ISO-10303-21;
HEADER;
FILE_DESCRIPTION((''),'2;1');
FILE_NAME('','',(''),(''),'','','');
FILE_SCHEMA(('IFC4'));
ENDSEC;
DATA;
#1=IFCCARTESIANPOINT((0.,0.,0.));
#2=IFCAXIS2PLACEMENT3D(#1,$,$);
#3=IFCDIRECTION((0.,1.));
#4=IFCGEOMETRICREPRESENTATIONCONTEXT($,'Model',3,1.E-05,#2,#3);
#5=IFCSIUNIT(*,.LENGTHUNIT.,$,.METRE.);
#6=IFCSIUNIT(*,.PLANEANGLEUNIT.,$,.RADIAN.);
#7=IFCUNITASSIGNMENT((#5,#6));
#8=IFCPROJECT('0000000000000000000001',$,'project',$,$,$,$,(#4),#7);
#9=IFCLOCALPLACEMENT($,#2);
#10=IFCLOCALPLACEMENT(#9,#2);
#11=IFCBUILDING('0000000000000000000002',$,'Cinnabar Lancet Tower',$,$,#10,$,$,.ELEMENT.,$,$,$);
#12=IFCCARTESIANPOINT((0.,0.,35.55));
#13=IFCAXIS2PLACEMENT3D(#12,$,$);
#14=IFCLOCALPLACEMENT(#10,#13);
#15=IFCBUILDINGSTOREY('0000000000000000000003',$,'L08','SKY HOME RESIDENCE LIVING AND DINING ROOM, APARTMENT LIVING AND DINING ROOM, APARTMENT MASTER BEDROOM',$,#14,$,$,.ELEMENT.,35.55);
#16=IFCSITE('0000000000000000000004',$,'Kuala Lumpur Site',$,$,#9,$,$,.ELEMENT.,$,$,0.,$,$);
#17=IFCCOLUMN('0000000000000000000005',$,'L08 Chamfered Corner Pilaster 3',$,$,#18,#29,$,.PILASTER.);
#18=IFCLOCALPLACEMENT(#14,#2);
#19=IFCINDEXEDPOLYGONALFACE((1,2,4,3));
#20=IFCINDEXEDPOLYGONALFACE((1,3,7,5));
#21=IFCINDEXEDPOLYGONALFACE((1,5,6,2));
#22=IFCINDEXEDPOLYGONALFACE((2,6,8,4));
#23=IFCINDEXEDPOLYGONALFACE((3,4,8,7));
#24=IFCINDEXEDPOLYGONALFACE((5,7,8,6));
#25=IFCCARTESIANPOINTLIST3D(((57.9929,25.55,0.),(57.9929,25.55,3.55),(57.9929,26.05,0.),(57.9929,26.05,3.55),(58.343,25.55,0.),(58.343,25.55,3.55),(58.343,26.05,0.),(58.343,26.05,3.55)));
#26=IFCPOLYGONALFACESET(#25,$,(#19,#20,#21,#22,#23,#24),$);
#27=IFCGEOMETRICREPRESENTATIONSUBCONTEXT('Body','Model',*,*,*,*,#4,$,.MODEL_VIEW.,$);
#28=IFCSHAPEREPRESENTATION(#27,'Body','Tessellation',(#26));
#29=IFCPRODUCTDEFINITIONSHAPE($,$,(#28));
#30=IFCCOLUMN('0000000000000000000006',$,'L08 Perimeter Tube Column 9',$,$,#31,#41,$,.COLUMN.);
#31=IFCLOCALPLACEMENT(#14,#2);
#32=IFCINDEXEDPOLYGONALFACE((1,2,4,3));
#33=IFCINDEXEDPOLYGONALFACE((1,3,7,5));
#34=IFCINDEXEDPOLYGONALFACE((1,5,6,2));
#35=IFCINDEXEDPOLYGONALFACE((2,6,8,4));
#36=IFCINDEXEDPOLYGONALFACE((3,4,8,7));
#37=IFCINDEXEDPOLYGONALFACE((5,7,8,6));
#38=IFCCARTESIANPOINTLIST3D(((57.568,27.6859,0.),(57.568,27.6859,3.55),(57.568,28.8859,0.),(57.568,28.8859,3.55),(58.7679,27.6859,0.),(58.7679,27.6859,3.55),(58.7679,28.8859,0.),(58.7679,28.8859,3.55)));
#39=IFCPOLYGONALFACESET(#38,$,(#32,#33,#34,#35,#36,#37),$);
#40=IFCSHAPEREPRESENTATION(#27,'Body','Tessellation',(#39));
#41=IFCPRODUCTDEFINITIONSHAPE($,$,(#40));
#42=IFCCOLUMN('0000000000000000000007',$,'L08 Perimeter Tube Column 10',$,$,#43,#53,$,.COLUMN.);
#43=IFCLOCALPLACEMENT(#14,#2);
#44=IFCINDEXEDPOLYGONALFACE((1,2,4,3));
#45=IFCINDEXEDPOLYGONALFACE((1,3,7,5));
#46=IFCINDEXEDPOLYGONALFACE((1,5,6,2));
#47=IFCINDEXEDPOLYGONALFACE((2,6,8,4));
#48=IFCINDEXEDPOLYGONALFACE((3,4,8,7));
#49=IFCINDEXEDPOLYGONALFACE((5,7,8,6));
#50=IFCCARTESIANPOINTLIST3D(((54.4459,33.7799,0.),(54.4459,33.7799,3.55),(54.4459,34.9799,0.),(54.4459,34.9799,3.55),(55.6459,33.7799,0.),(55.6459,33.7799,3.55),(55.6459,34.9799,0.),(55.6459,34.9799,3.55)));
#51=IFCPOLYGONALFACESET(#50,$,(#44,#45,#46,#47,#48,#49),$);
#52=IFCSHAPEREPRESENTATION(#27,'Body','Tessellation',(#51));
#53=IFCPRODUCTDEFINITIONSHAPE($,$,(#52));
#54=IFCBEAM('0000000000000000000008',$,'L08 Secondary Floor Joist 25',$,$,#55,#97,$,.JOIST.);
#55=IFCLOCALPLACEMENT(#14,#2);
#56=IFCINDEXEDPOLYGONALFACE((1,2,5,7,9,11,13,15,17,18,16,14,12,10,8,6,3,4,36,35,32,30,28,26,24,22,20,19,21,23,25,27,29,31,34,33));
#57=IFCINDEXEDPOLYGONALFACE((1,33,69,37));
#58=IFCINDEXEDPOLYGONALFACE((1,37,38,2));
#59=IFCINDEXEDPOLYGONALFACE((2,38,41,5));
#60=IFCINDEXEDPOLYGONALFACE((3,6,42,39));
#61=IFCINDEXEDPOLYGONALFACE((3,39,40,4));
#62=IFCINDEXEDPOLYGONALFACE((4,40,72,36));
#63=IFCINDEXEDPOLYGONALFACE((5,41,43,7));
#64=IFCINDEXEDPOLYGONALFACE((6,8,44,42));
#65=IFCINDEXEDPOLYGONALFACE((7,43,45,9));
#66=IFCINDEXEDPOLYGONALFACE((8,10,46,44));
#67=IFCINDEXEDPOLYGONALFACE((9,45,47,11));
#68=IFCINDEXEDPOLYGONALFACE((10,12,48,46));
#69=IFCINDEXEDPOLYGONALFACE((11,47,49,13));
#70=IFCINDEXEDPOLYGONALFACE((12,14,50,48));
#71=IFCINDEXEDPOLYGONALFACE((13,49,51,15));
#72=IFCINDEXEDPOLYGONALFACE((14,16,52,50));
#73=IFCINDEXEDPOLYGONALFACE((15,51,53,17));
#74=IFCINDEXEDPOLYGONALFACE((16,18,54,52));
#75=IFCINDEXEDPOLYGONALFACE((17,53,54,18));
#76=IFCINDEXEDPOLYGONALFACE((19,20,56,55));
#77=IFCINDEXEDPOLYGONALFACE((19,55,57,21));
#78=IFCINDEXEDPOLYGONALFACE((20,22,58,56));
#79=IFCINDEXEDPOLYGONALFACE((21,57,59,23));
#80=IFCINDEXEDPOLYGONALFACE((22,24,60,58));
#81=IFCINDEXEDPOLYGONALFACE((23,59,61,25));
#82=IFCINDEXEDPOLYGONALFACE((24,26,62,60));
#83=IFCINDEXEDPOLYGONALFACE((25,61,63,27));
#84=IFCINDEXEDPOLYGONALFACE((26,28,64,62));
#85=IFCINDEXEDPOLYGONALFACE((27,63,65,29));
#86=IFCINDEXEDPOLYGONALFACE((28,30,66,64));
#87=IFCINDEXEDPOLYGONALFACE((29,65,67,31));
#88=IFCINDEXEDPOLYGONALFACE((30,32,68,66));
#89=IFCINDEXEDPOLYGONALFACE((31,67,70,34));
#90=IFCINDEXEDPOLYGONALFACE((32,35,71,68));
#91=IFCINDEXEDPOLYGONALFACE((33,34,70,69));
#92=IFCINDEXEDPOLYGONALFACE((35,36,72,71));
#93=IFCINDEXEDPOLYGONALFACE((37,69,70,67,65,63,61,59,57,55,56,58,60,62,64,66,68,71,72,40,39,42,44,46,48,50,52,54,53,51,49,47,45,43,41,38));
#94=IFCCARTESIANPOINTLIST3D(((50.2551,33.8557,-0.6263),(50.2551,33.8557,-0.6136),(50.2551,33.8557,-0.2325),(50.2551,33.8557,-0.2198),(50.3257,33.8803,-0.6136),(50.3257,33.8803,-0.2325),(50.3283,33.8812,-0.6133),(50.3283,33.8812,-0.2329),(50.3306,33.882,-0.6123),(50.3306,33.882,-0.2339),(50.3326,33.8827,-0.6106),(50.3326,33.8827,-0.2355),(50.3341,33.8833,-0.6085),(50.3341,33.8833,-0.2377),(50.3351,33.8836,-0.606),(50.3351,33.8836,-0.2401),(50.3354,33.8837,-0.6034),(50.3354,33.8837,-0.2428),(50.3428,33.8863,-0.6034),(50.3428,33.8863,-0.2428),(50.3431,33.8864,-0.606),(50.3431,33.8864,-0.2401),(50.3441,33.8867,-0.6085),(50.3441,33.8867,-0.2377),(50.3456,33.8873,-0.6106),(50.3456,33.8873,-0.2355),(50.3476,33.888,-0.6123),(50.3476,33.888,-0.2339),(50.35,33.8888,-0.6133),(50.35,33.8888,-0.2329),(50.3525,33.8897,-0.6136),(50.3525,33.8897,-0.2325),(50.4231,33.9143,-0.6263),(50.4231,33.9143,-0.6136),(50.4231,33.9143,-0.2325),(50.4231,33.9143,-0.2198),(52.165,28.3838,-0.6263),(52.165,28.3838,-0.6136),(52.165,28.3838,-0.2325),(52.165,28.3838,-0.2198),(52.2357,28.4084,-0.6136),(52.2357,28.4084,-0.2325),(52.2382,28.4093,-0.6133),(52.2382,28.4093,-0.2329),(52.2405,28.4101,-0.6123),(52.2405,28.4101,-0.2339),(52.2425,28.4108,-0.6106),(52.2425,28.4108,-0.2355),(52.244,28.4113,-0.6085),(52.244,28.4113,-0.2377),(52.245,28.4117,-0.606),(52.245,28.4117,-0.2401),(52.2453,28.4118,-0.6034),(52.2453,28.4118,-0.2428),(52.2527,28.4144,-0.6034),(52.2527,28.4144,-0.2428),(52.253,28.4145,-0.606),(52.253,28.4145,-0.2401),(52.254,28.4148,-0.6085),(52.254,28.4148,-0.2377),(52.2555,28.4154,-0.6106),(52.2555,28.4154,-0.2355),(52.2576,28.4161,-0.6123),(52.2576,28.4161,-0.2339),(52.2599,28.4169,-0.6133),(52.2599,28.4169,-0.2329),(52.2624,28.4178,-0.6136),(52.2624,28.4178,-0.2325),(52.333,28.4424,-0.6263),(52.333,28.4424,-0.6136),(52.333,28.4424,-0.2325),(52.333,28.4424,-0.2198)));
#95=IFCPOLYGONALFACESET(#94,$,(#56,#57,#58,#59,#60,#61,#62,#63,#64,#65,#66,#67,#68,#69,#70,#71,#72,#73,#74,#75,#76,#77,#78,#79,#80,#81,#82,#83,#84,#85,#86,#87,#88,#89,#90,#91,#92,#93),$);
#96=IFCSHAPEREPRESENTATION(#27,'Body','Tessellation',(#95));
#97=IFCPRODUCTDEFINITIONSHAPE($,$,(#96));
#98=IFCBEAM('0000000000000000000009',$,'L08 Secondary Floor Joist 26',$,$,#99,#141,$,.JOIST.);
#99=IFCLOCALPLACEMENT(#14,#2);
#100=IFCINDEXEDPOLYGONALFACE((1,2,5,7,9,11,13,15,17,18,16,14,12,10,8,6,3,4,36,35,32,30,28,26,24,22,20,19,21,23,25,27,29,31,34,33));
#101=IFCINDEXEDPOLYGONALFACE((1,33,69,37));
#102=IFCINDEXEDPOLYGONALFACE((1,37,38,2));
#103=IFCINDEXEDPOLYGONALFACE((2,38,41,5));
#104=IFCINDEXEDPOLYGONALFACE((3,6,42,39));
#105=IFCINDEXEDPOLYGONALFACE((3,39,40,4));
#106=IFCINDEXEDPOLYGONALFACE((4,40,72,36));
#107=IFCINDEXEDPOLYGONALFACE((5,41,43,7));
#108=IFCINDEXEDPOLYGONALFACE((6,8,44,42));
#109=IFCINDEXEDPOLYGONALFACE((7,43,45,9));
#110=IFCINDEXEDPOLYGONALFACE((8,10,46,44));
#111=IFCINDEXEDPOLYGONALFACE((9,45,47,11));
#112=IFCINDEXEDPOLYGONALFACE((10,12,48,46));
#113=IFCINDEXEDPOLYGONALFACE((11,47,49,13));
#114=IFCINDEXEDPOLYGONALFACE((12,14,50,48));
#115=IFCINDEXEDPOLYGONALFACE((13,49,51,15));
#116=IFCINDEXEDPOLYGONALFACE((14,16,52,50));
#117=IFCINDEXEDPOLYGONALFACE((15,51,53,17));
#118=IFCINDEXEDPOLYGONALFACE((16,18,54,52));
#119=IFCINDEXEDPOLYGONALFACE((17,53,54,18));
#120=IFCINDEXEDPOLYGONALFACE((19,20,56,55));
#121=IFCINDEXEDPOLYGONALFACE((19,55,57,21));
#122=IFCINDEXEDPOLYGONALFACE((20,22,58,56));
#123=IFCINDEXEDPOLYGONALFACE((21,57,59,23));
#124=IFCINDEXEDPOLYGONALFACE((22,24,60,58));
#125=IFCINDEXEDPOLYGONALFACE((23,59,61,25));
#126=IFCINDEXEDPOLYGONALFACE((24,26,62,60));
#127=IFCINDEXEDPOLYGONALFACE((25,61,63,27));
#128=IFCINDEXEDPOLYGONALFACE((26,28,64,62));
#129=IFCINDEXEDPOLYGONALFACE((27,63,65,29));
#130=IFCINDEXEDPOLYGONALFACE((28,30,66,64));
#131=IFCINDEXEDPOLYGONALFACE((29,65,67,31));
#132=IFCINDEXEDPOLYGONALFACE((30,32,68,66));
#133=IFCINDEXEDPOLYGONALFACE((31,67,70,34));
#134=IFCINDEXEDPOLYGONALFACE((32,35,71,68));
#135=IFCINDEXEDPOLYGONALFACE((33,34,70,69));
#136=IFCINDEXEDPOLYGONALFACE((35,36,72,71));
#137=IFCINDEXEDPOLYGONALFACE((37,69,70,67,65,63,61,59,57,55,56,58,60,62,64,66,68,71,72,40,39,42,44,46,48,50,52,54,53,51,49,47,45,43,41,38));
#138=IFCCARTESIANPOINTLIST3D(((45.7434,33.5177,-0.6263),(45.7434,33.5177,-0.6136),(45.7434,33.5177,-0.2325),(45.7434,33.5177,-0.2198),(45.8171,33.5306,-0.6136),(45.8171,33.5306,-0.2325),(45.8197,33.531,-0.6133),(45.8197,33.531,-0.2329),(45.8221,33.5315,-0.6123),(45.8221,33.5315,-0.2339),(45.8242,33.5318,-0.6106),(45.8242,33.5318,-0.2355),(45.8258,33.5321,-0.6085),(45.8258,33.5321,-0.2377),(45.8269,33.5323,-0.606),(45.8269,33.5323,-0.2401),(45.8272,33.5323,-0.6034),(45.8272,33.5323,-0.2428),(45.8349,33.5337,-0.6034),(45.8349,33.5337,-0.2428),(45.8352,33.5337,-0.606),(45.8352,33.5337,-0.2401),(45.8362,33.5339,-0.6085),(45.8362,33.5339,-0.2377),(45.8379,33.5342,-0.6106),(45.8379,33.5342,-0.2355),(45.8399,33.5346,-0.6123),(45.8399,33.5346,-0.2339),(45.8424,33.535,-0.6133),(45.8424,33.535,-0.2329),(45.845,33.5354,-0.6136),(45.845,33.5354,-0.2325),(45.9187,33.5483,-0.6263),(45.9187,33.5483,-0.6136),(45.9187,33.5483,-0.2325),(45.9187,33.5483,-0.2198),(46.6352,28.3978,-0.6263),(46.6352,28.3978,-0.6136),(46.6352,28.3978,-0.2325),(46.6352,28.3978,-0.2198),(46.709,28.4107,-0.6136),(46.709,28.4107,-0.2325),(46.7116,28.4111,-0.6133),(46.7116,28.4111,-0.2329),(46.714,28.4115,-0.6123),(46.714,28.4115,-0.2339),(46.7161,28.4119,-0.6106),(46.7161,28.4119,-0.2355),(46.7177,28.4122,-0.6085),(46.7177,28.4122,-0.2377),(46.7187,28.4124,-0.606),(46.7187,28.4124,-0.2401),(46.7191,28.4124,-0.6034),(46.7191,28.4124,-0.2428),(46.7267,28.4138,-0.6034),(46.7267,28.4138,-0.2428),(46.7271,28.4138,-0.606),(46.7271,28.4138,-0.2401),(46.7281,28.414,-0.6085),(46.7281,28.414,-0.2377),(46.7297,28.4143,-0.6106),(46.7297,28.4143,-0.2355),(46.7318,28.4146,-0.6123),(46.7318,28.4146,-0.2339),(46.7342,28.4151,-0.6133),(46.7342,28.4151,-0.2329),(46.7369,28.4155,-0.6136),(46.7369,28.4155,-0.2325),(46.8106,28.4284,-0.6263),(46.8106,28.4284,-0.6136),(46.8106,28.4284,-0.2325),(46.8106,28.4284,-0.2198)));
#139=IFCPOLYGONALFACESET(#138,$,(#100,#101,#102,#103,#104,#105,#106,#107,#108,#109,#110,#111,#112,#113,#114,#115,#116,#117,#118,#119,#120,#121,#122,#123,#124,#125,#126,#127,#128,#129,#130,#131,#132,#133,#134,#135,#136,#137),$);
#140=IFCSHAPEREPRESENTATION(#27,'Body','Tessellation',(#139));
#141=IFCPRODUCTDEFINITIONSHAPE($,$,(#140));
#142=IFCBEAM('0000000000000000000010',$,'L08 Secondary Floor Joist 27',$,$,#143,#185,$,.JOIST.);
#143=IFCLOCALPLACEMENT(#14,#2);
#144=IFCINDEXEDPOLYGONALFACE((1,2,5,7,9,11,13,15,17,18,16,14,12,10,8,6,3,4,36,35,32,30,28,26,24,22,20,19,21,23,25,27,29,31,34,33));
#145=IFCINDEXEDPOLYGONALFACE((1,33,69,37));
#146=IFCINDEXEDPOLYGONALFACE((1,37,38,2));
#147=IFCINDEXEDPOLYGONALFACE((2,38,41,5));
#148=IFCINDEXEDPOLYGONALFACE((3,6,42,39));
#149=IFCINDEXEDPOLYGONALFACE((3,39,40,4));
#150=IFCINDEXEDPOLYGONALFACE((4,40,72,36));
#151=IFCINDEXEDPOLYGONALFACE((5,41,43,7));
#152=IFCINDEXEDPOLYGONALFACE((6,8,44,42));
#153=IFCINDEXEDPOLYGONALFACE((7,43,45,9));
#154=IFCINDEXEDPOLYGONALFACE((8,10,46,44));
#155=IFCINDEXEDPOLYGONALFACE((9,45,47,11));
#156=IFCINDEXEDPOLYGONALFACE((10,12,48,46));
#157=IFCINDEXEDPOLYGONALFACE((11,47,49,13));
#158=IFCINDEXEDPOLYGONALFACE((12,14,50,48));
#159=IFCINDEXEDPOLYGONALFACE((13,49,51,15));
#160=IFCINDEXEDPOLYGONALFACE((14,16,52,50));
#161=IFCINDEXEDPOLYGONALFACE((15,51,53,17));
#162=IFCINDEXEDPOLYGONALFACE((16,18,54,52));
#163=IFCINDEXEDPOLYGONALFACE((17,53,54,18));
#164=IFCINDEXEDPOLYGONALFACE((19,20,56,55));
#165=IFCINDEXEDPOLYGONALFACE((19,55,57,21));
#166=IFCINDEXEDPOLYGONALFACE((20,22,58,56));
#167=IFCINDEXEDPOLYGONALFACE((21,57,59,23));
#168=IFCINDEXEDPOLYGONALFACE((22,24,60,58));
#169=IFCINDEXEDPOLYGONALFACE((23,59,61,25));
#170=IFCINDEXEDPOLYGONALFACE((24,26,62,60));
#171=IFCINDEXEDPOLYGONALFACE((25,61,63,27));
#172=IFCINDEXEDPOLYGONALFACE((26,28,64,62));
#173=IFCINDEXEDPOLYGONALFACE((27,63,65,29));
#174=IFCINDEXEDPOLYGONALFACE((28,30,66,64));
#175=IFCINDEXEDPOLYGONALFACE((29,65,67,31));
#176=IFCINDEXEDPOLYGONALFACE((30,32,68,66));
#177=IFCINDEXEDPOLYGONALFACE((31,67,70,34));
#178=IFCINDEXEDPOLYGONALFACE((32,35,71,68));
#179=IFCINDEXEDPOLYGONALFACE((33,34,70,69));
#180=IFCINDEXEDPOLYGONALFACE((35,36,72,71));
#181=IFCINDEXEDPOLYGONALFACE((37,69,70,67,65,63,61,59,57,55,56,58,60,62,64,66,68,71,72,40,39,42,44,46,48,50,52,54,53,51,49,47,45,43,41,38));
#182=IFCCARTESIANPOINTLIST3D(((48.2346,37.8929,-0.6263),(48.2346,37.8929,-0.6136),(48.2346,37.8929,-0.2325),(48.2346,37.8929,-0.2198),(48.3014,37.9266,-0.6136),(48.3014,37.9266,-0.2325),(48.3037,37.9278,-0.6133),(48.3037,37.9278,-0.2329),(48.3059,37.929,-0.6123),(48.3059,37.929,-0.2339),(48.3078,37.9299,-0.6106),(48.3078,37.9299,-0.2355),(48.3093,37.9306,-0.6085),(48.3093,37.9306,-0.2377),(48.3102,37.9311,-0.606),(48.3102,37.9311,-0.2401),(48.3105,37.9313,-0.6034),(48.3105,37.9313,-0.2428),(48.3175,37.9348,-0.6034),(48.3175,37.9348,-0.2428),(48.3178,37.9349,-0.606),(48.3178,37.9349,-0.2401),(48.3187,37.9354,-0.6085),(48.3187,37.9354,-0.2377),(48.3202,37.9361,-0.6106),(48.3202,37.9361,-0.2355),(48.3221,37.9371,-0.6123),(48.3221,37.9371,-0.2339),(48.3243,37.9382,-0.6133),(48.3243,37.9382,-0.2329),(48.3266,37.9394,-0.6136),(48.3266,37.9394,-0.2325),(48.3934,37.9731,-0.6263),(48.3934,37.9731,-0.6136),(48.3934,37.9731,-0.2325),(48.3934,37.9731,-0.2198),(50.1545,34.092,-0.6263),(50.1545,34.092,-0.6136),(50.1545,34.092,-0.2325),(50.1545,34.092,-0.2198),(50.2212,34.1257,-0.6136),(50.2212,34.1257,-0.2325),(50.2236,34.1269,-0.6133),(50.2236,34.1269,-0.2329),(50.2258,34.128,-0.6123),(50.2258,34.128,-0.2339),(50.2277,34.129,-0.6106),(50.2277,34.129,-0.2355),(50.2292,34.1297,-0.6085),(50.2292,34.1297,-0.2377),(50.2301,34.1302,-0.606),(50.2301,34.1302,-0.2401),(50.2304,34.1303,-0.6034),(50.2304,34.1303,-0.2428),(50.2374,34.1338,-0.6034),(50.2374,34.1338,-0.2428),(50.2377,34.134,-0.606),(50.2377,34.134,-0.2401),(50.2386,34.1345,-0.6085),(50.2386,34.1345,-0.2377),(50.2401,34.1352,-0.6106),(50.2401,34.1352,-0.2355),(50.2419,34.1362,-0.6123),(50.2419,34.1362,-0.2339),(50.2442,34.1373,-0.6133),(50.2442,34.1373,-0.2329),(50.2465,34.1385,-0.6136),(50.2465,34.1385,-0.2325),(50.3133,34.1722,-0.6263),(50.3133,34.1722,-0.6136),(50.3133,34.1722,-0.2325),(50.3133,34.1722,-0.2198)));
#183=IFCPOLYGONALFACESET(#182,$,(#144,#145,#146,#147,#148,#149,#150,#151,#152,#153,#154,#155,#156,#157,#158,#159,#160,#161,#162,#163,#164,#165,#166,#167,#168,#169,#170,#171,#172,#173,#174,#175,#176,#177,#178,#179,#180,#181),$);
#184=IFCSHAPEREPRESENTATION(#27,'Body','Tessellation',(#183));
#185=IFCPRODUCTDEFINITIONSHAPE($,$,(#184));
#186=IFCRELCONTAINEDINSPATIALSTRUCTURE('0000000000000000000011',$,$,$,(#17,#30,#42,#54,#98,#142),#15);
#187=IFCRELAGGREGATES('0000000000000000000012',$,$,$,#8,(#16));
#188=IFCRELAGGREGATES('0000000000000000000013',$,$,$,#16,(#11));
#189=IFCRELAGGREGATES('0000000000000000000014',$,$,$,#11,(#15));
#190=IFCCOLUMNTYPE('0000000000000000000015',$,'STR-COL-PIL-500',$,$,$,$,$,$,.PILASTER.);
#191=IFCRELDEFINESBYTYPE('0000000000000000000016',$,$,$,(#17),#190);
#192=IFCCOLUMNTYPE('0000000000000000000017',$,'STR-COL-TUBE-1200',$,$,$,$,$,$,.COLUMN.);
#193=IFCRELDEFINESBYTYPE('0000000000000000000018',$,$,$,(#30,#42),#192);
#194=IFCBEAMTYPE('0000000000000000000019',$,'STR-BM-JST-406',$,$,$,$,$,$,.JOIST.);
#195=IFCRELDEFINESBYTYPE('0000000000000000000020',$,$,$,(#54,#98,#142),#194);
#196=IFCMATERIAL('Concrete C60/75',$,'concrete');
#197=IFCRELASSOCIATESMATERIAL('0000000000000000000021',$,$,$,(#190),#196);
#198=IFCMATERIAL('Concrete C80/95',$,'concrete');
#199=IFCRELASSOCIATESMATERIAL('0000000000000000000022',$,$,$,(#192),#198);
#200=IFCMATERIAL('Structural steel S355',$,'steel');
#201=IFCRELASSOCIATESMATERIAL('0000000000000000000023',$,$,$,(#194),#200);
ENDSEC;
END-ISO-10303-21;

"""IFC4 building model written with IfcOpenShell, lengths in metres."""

from ifc_helpers import new_model, si_unit, direction, frame, origin, origin_2d, place, context, subcontext, project, spatial, rectangle, i_section, extrude, material, material_profile, profile_set, type_object, element, save


model = new_model("IFC4")

# Units and contexts
model_context = context("Model", 3, precision=1e-05, world=origin(), true_north=direction((0.0, 1.0)))
body_context = subcontext(model_context, "Body", "Model", "MODEL_VIEW")
ifc_project = project(units=[si_unit("LENGTHUNIT", "METRE"), si_unit("PLANEANGLEUNIT", "RADIAN")], contexts=[model_context])

# Site, building, storey
site_placement = place(None, origin())
site = spatial("IfcSite", under=ifc_project, at=site_placement, Name="Kuala Lumpur Site", CompositionType="ELEMENT", RefElevation=0.0)
building_placement = place(site_placement, origin())
building = spatial("IfcBuilding", under=site, at=building_placement, Name="Cinnabar Lancet Tower", CompositionType="ELEMENT")
storey_placement = place(building_placement, frame((0.0, 0.0, 35.55)))
storey = spatial("IfcBuildingStorey", under=building, at=storey_placement, Name="L08", Description="SKY HOME RESIDENCE LIVING AND DINING ROOM, APARTMENT LIVING AND DINING ROOM, APARTMENT MASTER BEDROOM", CompositionType="ELEMENT", Elevation=35.55)

# Columns
ifc_material_1 = material(Name="Concrete C60/75", Category="concrete")
ifc_material_profile_1 = material_profile(ifc_material_1, rectangle(XDim=0.5, YDim=0.3501, at=origin_2d()), Name="RC-PIL 500x350")
ifc_profile_set_1 = profile_set([ifc_material_profile_1], Name="Concrete C60/75")
column_type_1 = type_object("IfcColumnType", Name="STR-COL-PIL-500", PredefinedType="PILASTER", material=ifc_profile_set_1)
column_placement = place(storey_placement, frame((58.168, 25.8, 0.0), z_axis=(0.0, 0.0, 1.0), x_axis=(0.0, 1.0, 0.0)))
element("IfcColumn", 1, at=column_placement, inside=storey, type_object=column_type_1, Name="L08 Chamfered Corner Pilaster 3", PredefinedType="PILASTER", context=body_context, shape_type="SweptSolid", body=[
    extrude(rectangle(XDim=0.5, YDim=0.3501, at=origin_2d()), origin(), (0.0, 0.0, 1.0), 3.55),
])
ifc_material_2 = material(Name="Concrete C80/95", Category="concrete")
ifc_material_profile_2 = material_profile(ifc_material_2, rectangle(XDim=1.2, YDim=1.2, at=origin_2d()), Name="RC-COL 1200x1200")
ifc_profile_set_2 = profile_set([ifc_material_profile_2], Name="Concrete C80/95")
column_type_2 = type_object("IfcColumnType", Name="STR-COL-TUBE-1200", PredefinedType="COLUMN", material=ifc_profile_set_2)
for number, where, z_axis, x_axis, name in (
    (2, (58.168, 28.2859, 0.0), (0.0, 0.0, 1.0), (1.0, 0.0, 0.0), "L08 Perimeter Tube Column 9"),
    (3, (55.0459, 34.3799, 0.0), (0.0, 0.0, 1.0), (1.0, 0.0, 0.0), "L08 Perimeter Tube Column 10"),
):
    element("IfcColumn", number, at=place(storey_placement, frame(where, z_axis=z_axis, x_axis=x_axis)), inside=storey, type_object=column_type_2, Name=name, PredefinedType="COLUMN", context=body_context, shape_type="SweptSolid", body=[
        extrude(rectangle(XDim=1.2, YDim=1.2, at=origin_2d()), origin(), (0.0, 0.0, 1.0), 3.55),
    ])

# Beams
ifc_material_3 = material(Name="Structural steel S355", Category="steel")
ifc_material_profile_3 = material_profile(ifc_material_3, i_section(OverallWidth=0.178, OverallDepth=0.4065, WebThickness=0.0078, FlangeThickness=0.0127, FilletRadius=0.0103, at=origin_2d()), Name="UKB 406x178x60")
ifc_profile_set_3 = profile_set([ifc_material_profile_3], Name="Structural steel S355")
beam_type_1 = type_object("IfcBeamType", Name="STR-BM-JST-406", PredefinedType="JOIST", material=ifc_profile_set_3)
beam_1_placement = place(storey_placement, frame((52.249, 28.4131, -0.4231), z_axis=(-0.329542, 0.944141, 0.0), x_axis=(-0.944141, -0.329542, 0.0)))
element("IfcBeam", 4, at=beam_1_placement, inside=storey, type_object=beam_type_1, Name="L08 Secondary Floor Joist 25", PredefinedType="JOIST", context=body_context, shape_type="SweptSolid", body=[
    extrude(i_section(OverallWidth=0.178, OverallDepth=0.4065, WebThickness=0.0078, FlangeThickness=0.0127, FilletRadius=0.0103, at=origin_2d()), origin(), (0.0, 0.0, 1.0), 5.7957),
])
beam_2_placement = place(storey_placement, frame((46.7229, 28.4131, -0.4231), z_axis=(-0.171609, 0.985165, 0.0), x_axis=(-0.985165, -0.171609, 0.0)))
element("IfcBeam", 5, at=beam_2_placement, inside=storey, type_object=beam_type_1, Name="L08 Secondary Floor Joist 26", PredefinedType="JOIST", context=body_context, shape_type="SweptSolid", body=[
    extrude(i_section(OverallWidth=0.178, OverallDepth=0.4065, WebThickness=0.0078, FlangeThickness=0.0127, FilletRadius=0.0103, at=origin_2d()), origin(), (0.0, 0.0, 1.0), 5.197),
])
beam_3_placement = place(storey_placement, frame((50.2339, 34.1321, -0.4231), z_axis=(-0.450856, 0.892597, 0.0), x_axis=(-0.892597, -0.450856, 0.0)))
element("IfcBeam", 6, at=beam_3_placement, inside=storey, type_object=beam_type_1, Name="L08 Secondary Floor Joist 27", PredefinedType="JOIST", context=body_context, shape_type="SweptSolid", body=[
    extrude(i_section(OverallWidth=0.178, OverallDepth=0.4065, WebThickness=0.0078, FlangeThickness=0.0127, FilletRadius=0.0103, at=origin_2d()), origin(), (0.0, 0.0, 1.0), 4.2583),
])

save(model, "model.ifc")
